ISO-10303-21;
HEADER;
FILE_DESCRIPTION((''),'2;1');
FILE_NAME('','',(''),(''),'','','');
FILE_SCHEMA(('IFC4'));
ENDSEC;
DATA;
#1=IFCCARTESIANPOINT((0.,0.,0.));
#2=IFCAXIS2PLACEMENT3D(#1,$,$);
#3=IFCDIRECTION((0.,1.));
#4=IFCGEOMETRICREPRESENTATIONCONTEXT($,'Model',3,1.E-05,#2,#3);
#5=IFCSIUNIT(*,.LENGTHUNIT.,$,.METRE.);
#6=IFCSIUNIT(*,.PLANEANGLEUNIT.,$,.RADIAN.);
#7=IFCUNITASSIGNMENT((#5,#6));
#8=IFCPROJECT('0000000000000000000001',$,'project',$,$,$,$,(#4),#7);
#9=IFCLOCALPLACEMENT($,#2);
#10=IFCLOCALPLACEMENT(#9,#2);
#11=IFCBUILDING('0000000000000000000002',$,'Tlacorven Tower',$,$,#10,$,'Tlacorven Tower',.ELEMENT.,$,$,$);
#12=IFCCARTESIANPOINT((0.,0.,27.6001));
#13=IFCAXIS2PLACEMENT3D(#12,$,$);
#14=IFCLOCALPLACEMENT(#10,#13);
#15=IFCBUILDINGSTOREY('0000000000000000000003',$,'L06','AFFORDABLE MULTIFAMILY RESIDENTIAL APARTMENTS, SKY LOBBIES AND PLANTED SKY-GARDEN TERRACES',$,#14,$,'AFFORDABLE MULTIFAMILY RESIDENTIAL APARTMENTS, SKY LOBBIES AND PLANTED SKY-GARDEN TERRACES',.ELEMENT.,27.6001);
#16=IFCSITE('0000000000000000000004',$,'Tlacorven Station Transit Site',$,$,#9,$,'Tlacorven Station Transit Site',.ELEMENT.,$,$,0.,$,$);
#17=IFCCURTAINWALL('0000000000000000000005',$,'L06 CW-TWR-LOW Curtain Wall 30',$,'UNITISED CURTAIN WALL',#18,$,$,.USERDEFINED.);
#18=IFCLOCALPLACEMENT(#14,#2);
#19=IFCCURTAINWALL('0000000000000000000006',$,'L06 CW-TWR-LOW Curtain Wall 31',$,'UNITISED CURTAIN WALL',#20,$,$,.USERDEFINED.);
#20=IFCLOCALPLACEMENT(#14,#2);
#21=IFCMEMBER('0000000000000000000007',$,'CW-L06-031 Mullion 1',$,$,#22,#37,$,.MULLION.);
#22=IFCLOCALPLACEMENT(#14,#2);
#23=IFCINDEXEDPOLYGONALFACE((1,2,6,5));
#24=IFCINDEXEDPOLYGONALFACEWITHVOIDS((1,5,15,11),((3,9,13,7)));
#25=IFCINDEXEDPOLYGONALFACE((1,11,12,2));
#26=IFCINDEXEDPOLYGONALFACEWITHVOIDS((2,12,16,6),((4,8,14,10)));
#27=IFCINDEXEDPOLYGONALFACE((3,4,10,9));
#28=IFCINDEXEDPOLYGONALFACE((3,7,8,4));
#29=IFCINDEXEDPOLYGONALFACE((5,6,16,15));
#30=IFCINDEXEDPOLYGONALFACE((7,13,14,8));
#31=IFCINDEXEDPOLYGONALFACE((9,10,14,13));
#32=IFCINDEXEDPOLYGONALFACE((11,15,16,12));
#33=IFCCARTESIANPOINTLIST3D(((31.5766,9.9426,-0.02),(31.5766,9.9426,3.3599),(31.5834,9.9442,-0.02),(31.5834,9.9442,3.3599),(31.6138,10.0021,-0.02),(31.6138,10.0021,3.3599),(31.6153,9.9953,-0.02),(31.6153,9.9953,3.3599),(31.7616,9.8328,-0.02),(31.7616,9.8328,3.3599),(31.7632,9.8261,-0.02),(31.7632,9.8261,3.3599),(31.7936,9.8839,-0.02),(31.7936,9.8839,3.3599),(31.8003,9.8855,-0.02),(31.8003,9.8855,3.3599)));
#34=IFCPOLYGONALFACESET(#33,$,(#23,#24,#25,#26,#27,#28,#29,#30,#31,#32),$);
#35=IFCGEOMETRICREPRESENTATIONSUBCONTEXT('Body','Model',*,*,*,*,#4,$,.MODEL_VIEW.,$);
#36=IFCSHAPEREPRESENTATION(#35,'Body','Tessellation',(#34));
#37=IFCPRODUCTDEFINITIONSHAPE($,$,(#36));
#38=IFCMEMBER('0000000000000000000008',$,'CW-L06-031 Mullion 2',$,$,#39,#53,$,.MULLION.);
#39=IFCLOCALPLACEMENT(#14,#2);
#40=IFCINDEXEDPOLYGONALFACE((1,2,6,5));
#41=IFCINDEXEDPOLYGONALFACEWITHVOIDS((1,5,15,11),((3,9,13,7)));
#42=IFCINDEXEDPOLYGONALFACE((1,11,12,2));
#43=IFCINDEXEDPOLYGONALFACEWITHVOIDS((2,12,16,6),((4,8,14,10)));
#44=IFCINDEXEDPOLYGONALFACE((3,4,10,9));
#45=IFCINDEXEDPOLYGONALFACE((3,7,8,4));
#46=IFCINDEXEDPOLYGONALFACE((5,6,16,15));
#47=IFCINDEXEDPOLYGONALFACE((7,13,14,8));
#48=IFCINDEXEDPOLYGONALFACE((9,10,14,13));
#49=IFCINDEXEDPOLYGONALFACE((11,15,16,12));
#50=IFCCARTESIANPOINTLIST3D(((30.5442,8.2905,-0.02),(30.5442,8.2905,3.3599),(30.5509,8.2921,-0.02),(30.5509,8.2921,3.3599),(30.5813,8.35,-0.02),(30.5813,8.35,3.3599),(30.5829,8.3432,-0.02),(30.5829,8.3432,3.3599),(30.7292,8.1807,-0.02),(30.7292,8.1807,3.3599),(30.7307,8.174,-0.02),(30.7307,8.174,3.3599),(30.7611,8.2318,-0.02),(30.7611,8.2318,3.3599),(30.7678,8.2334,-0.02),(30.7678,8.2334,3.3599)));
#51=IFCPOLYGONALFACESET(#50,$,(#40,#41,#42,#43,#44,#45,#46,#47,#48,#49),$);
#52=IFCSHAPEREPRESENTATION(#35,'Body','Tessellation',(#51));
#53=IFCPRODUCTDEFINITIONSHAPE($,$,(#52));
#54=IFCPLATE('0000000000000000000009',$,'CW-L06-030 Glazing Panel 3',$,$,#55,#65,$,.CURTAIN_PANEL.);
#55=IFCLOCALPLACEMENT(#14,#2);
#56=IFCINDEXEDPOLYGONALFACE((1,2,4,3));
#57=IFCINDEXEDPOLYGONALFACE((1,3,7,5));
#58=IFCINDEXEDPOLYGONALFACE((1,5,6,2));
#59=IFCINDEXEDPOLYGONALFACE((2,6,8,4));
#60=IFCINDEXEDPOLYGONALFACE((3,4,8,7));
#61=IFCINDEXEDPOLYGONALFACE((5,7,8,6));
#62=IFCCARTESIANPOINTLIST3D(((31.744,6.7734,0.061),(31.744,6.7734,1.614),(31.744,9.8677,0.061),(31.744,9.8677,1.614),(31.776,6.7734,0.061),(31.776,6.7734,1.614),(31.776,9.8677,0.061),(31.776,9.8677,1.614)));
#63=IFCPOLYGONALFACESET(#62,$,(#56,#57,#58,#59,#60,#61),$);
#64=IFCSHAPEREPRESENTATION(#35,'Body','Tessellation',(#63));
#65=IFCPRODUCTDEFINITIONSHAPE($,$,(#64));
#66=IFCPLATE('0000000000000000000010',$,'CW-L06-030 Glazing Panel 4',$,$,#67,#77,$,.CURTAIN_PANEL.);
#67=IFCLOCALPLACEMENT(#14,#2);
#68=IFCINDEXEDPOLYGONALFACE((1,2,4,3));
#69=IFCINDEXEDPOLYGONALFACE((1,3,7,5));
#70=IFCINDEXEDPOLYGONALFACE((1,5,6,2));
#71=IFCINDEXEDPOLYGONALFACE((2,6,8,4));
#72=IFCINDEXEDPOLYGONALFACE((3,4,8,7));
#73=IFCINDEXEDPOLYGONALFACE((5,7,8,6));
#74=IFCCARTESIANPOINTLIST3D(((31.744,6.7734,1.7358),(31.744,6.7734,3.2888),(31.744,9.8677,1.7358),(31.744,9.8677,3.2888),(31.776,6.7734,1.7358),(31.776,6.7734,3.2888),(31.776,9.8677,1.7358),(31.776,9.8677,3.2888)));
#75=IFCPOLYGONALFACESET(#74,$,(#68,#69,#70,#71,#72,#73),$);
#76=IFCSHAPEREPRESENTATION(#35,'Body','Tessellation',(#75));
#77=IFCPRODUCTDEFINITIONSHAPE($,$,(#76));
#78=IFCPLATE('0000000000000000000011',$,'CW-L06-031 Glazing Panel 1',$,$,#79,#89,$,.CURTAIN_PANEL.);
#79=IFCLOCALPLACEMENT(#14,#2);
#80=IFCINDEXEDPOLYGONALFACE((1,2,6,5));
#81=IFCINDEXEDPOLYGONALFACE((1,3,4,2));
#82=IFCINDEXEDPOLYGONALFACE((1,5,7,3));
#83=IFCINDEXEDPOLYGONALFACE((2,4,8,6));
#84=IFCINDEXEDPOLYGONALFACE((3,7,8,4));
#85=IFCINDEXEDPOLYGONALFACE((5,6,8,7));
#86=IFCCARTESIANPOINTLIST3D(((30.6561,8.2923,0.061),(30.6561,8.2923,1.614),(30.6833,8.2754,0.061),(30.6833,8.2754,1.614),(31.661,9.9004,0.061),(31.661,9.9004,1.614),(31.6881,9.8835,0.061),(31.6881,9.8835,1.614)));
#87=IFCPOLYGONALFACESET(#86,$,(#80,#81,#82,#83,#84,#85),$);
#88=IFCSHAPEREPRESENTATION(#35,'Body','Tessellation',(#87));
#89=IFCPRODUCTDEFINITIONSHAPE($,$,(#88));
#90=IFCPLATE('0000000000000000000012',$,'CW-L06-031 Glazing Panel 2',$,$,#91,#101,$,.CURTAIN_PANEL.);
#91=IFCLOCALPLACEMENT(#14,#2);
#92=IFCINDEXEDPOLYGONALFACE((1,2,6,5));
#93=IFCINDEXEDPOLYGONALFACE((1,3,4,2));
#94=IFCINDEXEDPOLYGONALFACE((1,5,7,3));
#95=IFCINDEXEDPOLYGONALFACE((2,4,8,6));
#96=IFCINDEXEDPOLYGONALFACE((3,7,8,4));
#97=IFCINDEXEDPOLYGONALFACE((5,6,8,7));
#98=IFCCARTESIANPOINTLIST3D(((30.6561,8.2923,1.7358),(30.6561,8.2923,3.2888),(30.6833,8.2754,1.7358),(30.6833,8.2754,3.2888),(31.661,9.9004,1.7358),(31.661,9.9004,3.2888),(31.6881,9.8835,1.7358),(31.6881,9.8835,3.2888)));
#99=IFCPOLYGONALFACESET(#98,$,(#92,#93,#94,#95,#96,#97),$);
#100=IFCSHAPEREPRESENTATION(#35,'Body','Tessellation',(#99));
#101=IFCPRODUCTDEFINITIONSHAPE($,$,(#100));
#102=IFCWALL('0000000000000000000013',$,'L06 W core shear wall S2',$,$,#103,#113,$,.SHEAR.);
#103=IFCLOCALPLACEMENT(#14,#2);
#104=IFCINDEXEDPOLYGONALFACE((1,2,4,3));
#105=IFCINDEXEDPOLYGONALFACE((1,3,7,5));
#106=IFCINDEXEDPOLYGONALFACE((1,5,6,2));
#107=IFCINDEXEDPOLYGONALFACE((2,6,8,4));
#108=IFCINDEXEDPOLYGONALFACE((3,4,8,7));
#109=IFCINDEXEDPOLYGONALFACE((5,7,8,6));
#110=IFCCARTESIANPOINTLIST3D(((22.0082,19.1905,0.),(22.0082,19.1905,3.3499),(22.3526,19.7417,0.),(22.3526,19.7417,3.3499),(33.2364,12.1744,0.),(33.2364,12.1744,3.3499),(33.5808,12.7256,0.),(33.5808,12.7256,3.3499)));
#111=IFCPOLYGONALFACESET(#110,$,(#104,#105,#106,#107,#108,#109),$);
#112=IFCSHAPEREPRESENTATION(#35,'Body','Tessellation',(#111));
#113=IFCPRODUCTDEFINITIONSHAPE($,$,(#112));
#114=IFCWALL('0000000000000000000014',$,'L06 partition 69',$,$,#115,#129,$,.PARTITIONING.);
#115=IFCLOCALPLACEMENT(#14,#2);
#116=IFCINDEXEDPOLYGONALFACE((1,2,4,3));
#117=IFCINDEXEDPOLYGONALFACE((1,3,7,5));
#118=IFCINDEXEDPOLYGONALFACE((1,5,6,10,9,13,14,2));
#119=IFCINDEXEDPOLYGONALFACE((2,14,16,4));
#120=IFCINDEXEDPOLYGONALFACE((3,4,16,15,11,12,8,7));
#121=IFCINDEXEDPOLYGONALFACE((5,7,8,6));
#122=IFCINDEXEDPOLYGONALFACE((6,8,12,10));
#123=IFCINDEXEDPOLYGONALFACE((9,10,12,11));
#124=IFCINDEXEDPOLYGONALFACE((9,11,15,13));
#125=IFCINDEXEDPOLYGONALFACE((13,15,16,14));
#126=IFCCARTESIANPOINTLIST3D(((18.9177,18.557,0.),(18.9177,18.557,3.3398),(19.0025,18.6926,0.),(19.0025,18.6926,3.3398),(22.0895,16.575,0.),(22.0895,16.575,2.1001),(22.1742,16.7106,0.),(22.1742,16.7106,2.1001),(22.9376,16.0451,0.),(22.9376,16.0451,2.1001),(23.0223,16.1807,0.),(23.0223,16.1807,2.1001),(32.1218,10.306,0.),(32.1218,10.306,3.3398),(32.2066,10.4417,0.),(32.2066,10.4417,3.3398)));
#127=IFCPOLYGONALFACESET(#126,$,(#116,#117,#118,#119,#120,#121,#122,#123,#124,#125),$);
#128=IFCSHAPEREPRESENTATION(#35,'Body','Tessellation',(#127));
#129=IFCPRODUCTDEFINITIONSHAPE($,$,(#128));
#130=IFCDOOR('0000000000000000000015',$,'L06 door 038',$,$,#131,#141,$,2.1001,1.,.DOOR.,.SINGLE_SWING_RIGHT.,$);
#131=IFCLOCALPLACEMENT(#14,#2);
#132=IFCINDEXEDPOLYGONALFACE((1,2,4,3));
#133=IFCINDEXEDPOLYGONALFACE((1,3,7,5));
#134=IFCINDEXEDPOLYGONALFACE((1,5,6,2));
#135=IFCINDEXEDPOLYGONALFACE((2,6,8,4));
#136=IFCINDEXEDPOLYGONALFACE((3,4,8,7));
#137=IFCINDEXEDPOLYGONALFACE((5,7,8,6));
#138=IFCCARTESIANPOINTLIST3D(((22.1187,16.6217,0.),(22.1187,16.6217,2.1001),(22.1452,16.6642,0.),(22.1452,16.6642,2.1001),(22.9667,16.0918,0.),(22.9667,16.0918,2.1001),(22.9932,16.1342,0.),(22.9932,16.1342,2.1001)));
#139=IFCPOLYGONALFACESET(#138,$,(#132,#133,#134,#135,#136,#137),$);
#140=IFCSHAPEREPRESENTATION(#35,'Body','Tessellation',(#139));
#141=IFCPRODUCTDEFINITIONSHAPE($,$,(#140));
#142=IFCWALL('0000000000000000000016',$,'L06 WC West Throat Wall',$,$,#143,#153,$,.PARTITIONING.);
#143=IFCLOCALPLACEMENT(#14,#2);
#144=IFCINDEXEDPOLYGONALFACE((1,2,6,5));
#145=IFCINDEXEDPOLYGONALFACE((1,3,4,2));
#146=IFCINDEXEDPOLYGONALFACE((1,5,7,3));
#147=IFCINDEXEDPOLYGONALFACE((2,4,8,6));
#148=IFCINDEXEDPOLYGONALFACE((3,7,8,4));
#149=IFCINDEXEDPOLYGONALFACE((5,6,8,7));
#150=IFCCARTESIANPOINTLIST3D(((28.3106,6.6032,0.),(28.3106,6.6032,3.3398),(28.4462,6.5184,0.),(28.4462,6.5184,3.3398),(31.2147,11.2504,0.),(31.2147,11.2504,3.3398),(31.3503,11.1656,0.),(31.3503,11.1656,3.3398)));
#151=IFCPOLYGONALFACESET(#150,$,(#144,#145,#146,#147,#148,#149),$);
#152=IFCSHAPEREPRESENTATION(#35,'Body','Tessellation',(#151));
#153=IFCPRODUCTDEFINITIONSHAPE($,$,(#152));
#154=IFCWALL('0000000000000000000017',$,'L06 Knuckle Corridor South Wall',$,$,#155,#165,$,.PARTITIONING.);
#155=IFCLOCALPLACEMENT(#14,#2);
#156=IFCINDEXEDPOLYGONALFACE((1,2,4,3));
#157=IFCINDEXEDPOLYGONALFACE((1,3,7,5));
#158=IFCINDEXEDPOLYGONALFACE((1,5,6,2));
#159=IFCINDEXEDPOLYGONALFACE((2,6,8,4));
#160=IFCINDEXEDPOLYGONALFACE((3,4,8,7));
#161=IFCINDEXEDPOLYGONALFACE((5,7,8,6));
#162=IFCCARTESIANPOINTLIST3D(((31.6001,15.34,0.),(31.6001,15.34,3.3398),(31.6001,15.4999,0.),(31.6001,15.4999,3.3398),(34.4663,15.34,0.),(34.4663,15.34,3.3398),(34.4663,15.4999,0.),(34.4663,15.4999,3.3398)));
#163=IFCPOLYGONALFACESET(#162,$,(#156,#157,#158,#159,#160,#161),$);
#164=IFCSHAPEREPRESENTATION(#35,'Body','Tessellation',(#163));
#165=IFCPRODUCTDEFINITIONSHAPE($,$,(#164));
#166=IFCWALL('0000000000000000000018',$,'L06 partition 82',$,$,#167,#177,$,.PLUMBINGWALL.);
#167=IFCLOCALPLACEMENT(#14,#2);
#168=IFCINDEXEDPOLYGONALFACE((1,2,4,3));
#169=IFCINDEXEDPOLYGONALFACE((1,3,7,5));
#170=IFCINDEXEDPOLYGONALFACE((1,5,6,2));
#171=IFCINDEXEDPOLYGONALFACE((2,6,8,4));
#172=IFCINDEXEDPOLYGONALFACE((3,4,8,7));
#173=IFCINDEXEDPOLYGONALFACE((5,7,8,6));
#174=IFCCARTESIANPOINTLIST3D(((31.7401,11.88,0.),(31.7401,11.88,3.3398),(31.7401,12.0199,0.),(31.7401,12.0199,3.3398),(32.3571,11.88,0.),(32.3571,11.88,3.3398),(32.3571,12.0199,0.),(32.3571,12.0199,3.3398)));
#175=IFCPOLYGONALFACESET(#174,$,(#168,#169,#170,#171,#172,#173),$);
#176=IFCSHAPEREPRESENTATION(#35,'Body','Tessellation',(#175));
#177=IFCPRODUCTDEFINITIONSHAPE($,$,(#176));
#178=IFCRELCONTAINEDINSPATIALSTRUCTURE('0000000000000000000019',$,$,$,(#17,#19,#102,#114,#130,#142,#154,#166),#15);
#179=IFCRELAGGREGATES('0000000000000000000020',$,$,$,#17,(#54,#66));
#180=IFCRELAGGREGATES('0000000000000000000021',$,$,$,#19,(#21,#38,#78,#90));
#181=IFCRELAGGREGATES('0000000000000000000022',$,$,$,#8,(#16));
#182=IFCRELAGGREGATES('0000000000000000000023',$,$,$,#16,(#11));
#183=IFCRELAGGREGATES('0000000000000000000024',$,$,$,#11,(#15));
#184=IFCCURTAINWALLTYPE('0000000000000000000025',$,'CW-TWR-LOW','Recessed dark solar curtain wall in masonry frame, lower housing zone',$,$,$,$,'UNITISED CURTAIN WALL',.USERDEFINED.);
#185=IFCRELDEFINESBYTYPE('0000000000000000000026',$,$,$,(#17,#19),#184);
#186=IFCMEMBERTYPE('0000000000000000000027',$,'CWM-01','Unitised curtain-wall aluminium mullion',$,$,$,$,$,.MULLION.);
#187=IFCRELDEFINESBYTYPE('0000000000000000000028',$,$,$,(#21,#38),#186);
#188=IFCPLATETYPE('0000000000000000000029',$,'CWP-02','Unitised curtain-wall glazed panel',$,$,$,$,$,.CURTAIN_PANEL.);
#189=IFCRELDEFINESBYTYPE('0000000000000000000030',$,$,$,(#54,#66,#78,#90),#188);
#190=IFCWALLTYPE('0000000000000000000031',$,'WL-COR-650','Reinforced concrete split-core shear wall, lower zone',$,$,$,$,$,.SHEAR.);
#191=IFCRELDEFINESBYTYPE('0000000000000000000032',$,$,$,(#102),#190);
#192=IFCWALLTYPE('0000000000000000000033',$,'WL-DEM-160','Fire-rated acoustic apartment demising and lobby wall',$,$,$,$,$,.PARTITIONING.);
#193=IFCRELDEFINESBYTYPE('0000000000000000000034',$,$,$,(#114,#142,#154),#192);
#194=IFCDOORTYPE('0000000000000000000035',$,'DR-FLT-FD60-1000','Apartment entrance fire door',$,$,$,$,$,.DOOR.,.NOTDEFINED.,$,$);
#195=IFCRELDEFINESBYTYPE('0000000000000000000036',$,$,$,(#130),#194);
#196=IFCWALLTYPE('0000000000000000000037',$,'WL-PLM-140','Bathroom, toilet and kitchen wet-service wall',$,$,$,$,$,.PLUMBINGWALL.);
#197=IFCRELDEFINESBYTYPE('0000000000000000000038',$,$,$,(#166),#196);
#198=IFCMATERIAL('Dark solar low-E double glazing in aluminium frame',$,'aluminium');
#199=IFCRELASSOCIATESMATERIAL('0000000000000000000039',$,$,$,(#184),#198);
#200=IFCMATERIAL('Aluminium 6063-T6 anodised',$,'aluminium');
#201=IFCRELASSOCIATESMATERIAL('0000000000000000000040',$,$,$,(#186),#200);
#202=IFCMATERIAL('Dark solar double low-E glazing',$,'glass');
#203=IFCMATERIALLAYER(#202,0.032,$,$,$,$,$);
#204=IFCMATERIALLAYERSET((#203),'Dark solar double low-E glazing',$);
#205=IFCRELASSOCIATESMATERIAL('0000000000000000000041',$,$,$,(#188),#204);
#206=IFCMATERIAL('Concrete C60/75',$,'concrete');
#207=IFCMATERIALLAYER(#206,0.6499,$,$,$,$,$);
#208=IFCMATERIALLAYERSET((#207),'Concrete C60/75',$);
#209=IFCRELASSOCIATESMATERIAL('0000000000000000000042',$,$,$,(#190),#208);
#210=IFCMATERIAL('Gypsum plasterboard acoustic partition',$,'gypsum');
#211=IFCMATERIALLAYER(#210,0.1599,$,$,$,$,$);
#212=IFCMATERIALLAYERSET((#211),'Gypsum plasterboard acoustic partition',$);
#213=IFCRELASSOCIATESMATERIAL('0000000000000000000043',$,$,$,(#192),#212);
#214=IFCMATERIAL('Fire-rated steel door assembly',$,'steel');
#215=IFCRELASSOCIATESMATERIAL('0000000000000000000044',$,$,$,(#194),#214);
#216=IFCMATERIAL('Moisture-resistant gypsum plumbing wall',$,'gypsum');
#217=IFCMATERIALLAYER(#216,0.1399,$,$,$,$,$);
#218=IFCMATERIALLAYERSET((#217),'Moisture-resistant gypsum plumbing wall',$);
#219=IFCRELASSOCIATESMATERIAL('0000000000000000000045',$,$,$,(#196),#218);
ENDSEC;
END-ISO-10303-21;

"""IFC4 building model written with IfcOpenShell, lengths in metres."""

from ifc_helpers import new_model, si_unit, direction, frame, frame_2d, origin, origin_2d, place, context, subcontext, project, spatial, rectangle, hollow_rectangle, extrude, source, transform, mapped, material, layer, layer_set, material_profile, profile_set, type_object, element, fill, aggregate, save


model = new_model("IFC4")

# Units and contexts
model_context = context("Model", 3, precision=1e-05, world=origin(), true_north=direction((0.0, 1.0)))
body_context = subcontext(model_context, "Body", "Model", "MODEL_VIEW")
ifc_project = project(units=[si_unit("LENGTHUNIT", "METRE"), si_unit("PLANEANGLEUNIT", "RADIAN")], contexts=[model_context])

# Site, building, storey
site_placement = place(None, origin())
site = spatial("IfcSite", under=ifc_project, at=site_placement, Name="Tlacorven Station Transit Site", LongName="Tlacorven Station Transit Site", CompositionType="ELEMENT", RefElevation=0.0)
building_placement = place(site_placement, origin())
building = spatial("IfcBuilding", under=site, at=building_placement, Name="Tlacorven Tower", LongName="Tlacorven Tower", CompositionType="ELEMENT")
storey_placement = place(building_placement, frame((0.0, 0.0, 27.6001)))
storey = spatial("IfcBuildingStorey", under=building, at=storey_placement, Name="L06", Description="AFFORDABLE MULTIFAMILY RESIDENTIAL APARTMENTS, SKY LOBBIES AND PLANTED SKY-GARDEN TERRACES", LongName="AFFORDABLE MULTIFAMILY RESIDENTIAL APARTMENTS, SKY LOBBIES AND PLANTED SKY-GARDEN TERRACES", CompositionType="ELEMENT", Elevation=27.6001)

# Curtain wall
ifc_material_1 = material(Name="Dark solar low-E double glazing in aluminium frame", Category="aluminium")
curtain_wall_type = type_object("IfcCurtainWallType", Name="CW-TWR-LOW", Description="Recessed dark solar curtain wall in masonry frame, lower housing zone", ElementType="UNITISED CURTAIN WALL", PredefinedType="USERDEFINED", material=ifc_material_1)
curtain_wall_1_placement = place(storey_placement, origin())
curtain_wall_1 = element("IfcCurtainWall", 1, at=curtain_wall_1_placement, inside=storey, type_object=curtain_wall_type, Name="L06 CW-TWR-LOW Curtain Wall 30", ObjectType="UNITISED CURTAIN WALL", PredefinedType="USERDEFINED")
ifc_material_2 = material(Name="Aluminium 6063-T6 anodised", Category="aluminium")

# Curtain wall
curtain_wall_2_placement = place(storey_placement, origin())
curtain_wall_2 = element("IfcCurtainWall", 2, at=curtain_wall_2_placement, inside=storey, type_object=curtain_wall_type, Name="L06 CW-TWR-LOW Curtain Wall 31", ObjectType="UNITISED CURTAIN WALL", PredefinedType="USERDEFINED")

# Members
ifc_material_profile_1 = material_profile(ifc_material_2, hollow_rectangle(XDim=0.0701, YDim=0.22, WallThickness=0.0049, at=origin_2d()), Name="ALU MULLION 70X220")
ifc_profile_set_1 = profile_set([ifc_material_profile_1], Name="Aluminium 6063-T6 anodised")
member_type_1 = type_object("IfcMemberType", Name="CWM-01", Description="Unitised curtain-wall aluminium mullion", PredefinedType="MULLION", material=ifc_profile_set_1)
shared_shape_1 = source(origin(), body_context, "Body", "SweptSolid", [
    extrude(hollow_rectangle(XDim=0.0701, YDim=0.22, WallThickness=0.0049, at=origin_2d()), origin(), (0.0, 0.0, 1.0), 3.3799),
])
member_1_placement = place(storey_placement, frame((31.6885, 9.9141, -0.02), z_axis=(0.0, 0.0, 1.0), x_axis=(-0.529919, -0.848048, 0.0)))
member_1 = element("IfcMember", 3, at=member_1_placement, type_object=member_type_1, Name="CW-L06-031 Mullion 1", PredefinedType="MULLION", context=body_context, shape_type="MappedRepresentation", body=[
    mapped(shared_shape_1, transform((0.0, 0.0, 0.0), scale=1.0)),
])
member_2_placement = place(storey_placement, frame((30.656, 8.262, -0.02), z_axis=(0.0, 0.0, 1.0), x_axis=(-0.529919, -0.848048, 0.0)))
member_2 = element("IfcMember", 4, at=member_2_placement, type_object=member_type_1, Name="CW-L06-031 Mullion 2", PredefinedType="MULLION", context=body_context, shape_type="MappedRepresentation", body=[
    mapped(shared_shape_1, transform((0.0, 0.0, 0.0), scale=1.0)),
])

# Plates
ifc_material_3 = material(Name="Dark solar double low-E glazing", Category="glass")
ifc_layer_1 = layer(ifc_material_3, 0.032)
ifc_layer_set_1 = layer_set([ifc_layer_1], Name="Dark solar double low-E glazing")
plate_type = type_object("IfcPlateType", Name="CWP-02", Description="Unitised curtain-wall glazed panel", PredefinedType="CURTAIN_PANEL", material=ifc_layer_set_1)
shared_shape_2 = source(origin(), body_context, "Body", "SweptSolid", [
    extrude(rectangle(XDim=3.0942, YDim=0.032, at=origin_2d()), origin(), (0.0, 0.0, 1.0), 1.553),
])
plate_1_placement = place(storey_placement, frame((31.76, 8.3206, 0.061), z_axis=(0.0, 0.0, 1.0), x_axis=(0.0, 1.0, 0.0)))
plate_1 = element("IfcPlate", 5, at=plate_1_placement, type_object=plate_type, Name="CW-L06-030 Glazing Panel 3", PredefinedType="CURTAIN_PANEL", context=body_context, shape_type="MappedRepresentation", body=[
    mapped(shared_shape_2, transform((0.0, 0.0, 0.0), scale=1.0)),
])
plate_2_placement = place(storey_placement, frame((31.76, 8.3206, 1.7358), z_axis=(0.0, 0.0, 1.0), x_axis=(0.0, 1.0, 0.0)))
plate_2 = element("IfcPlate", 6, at=plate_2_placement, type_object=plate_type, Name="CW-L06-030 Glazing Panel 4", PredefinedType="CURTAIN_PANEL", context=body_context, shape_type="MappedRepresentation", body=[
    mapped(shared_shape_2, transform((0.0, 0.0, 0.0), scale=1.0)),
])
aggregate(curtain_wall_1, [plate_1, plate_2])
shared_shape_3 = source(origin(), body_context, "Body", "SweptSolid", [
    extrude(rectangle(XDim=1.8962, YDim=0.032, at=origin_2d()), origin(), (0.0, 0.0, 1.0), 1.553),
])
plate_3_placement = place(storey_placement, frame((31.1721, 9.0879, 0.061), z_axis=(0.0, 0.0, 1.0), x_axis=(-0.529919, -0.848048, 0.0)))
plate_3 = element("IfcPlate", 7, at=plate_3_placement, type_object=plate_type, Name="CW-L06-031 Glazing Panel 1", PredefinedType="CURTAIN_PANEL", context=body_context, shape_type="MappedRepresentation", body=[
    mapped(shared_shape_3, transform((0.0, 0.0, 0.0), scale=1.0)),
])
plate_4_placement = place(storey_placement, frame((31.1721, 9.0879, 1.7358), z_axis=(0.0, 0.0, 1.0), x_axis=(-0.529919, -0.848048, 0.0)))
plate_4 = element("IfcPlate", 8, at=plate_4_placement, type_object=plate_type, Name="CW-L06-031 Glazing Panel 2", PredefinedType="CURTAIN_PANEL", context=body_context, shape_type="MappedRepresentation", body=[
    mapped(shared_shape_3, transform((0.0, 0.0, 0.0), scale=1.0)),
])
aggregate(curtain_wall_2, [member_1, member_2, plate_3, plate_4])

# Wall
ifc_material_4 = material(Name="Concrete C60/75", Category="concrete")
ifc_layer_2 = layer(ifc_material_4, 0.6499)
ifc_layer_set_2 = layer_set([ifc_layer_2], Name="Concrete C60/75")
wall_type_1 = type_object("IfcWallType", Name="WL-COR-650", Description="Reinforced concrete split-core shear wall, lower zone", PredefinedType="SHEAR", material=ifc_layer_set_2)
wall_1_placement = place(storey_placement, frame((33.4087, 12.45, 0.0), z_axis=(0.0, 0.0, 1.0), x_axis=(-0.848051, 0.529914, 0.0)))
element("IfcWall", 9, at=wall_1_placement, inside=storey, type_object=wall_type_1, Name="L06 W core shear wall S2", PredefinedType="SHEAR", context=body_context, shape_type="SweptSolid", body=[
    extrude(rectangle(XDim=13.24, YDim=0.6499, at=frame_2d((6.6201, 0.0))), origin(), (0.0, 0.0, 1.0), 3.3499),
])

# Wall, opening, door
ifc_material_5 = material(Name="Gypsum plasterboard acoustic partition", Category="gypsum")
ifc_layer_3 = layer(ifc_material_5, 0.1599)
ifc_layer_set_3 = layer_set([ifc_layer_3], Name="Gypsum plasterboard acoustic partition")
wall_type_2 = type_object("IfcWallType", Name="WL-DEM-160", Description="Fire-rated acoustic apartment demising and lobby wall", PredefinedType="PARTITIONING", material=ifc_layer_set_3)
wall_2_placement = place(storey_placement, frame((32.1643, 10.3738, 0.0), z_axis=(0.0, 0.0, 1.0), x_axis=(-0.848044, 0.529926, 0.0)))
wall_2 = element("IfcWall", 10, at=wall_2_placement, inside=storey, type_object=wall_type_2, Name="L06 partition 69", PredefinedType="PARTITIONING", context=body_context, shape_type="SweptSolid", body=[
    extrude(rectangle(XDim=15.5701, YDim=0.1599, at=frame_2d((7.7852, 0.0))), origin(), (0.0, 0.0, 1.0), 3.3398),
])
opening_1_placement = place(wall_2_placement, frame((10.8301, 0.0, 0.0)))
opening_1 = element("IfcOpeningElement", 11, at=opening_1_placement, cuts=wall_2, PredefinedType="OPENING", context=body_context, shape_type="SweptSolid", body=[
    extrude(rectangle(XDim=1.0, YDim=2.1001, at=frame_2d((0.5, 1.05))), frame((0.0, 0.0898, 0.0), z_axis=(0.0, -1.0, 0.0), x_axis=(1.0, 0.0, 0.0)), (0.0, 0.0, 1.0), 0.1799),
])
ifc_material_6 = material(Name="Fire-rated steel door assembly", Category="steel")
door_type_1 = type_object("IfcDoorType", Name="DR-FLT-FD60-1000", Description="Apartment entrance fire door", OperationType="NOTDEFINED", PredefinedType="DOOR", material=ifc_material_6)
shared_shape_4 = source(origin(), body_context, "Body", "SweptSolid", [
    extrude(rectangle(XDim=1.0, YDim=2.1001, at=frame_2d((0.5, 1.05))), frame((0.0, 0.0249, 0.0), z_axis=(0.0, -1.0, 0.0), x_axis=(1.0, 0.0, 0.0)), (0.0, 0.0, 1.0), 0.05),
])
door_1_placement = place(opening_1_placement, origin())
door_1 = element("IfcDoor", 12, at=door_1_placement, inside=storey, type_object=door_type_1, Name="L06 door 038", OperationType="SINGLE_SWING_RIGHT", OverallHeight=2.1001, OverallWidth=1.0, PredefinedType="DOOR", context=body_context, shape_type="MappedRepresentation", body=[
    mapped(shared_shape_4, transform((0.0, 0.0, 0.0), scale=1.0)),
])
fill(opening_1, door_1)

# Walls
wall_3_placement = place(storey_placement, frame((31.2825, 11.208, 0.0), z_axis=(0.0, 0.0, 1.0), x_axis=(-0.529939, -0.848036, 0.0)))
element("IfcWall", 13, at=wall_3_placement, inside=storey, type_object=wall_type_2, Name="L06 WC West Throat Wall", PredefinedType="PARTITIONING", context=body_context, shape_type="SweptSolid", body=[
    extrude(rectangle(XDim=5.48, YDim=0.1599, at=frame_2d((2.74, 0.0))), origin(), (0.0, 0.0, 1.0), 3.3398),
])
wall_4_placement = place(storey_placement, frame((31.6001, 15.4199, 0.0), z_axis=(0.0, 0.0, 1.0), x_axis=(1.0, 0.0, 0.0)))
element("IfcWall", 14, at=wall_4_placement, inside=storey, type_object=wall_type_2, Name="L06 Knuckle Corridor South Wall", PredefinedType="PARTITIONING", context=body_context, shape_type="SweptSolid", body=[
    extrude(rectangle(XDim=2.8662, YDim=0.1599, at=frame_2d((1.4331, 0.0))), origin(), (0.0, 0.0, 1.0), 3.3398),
])
ifc_material_7 = material(Name="Moisture-resistant gypsum plumbing wall", Category="gypsum")
ifc_layer_4 = layer(ifc_material_7, 0.1399)
ifc_layer_set_4 = layer_set([ifc_layer_4], Name="Moisture-resistant gypsum plumbing wall")
wall_type_3 = type_object("IfcWallType", Name="WL-PLM-140", Description="Bathroom, toilet and kitchen wet-service wall", PredefinedType="PLUMBINGWALL", material=ifc_layer_set_4)
wall_5_placement = place(storey_placement, frame((31.74, 11.95, 0.0), z_axis=(0.0, 0.0, 1.0), x_axis=(1.0, 0.0, 0.0)))
element("IfcWall", 15, at=wall_5_placement, inside=storey, type_object=wall_type_3, Name="L06 partition 82", PredefinedType="PLUMBINGWALL", context=body_context, shape_type="SweptSolid", body=[
    extrude(rectangle(XDim=0.6169, YDim=0.1399, at=frame_2d((0.3086, 0.0))), origin(), (0.0, 0.0, 1.0), 3.3398),
])

save(model, "model.ifc")
